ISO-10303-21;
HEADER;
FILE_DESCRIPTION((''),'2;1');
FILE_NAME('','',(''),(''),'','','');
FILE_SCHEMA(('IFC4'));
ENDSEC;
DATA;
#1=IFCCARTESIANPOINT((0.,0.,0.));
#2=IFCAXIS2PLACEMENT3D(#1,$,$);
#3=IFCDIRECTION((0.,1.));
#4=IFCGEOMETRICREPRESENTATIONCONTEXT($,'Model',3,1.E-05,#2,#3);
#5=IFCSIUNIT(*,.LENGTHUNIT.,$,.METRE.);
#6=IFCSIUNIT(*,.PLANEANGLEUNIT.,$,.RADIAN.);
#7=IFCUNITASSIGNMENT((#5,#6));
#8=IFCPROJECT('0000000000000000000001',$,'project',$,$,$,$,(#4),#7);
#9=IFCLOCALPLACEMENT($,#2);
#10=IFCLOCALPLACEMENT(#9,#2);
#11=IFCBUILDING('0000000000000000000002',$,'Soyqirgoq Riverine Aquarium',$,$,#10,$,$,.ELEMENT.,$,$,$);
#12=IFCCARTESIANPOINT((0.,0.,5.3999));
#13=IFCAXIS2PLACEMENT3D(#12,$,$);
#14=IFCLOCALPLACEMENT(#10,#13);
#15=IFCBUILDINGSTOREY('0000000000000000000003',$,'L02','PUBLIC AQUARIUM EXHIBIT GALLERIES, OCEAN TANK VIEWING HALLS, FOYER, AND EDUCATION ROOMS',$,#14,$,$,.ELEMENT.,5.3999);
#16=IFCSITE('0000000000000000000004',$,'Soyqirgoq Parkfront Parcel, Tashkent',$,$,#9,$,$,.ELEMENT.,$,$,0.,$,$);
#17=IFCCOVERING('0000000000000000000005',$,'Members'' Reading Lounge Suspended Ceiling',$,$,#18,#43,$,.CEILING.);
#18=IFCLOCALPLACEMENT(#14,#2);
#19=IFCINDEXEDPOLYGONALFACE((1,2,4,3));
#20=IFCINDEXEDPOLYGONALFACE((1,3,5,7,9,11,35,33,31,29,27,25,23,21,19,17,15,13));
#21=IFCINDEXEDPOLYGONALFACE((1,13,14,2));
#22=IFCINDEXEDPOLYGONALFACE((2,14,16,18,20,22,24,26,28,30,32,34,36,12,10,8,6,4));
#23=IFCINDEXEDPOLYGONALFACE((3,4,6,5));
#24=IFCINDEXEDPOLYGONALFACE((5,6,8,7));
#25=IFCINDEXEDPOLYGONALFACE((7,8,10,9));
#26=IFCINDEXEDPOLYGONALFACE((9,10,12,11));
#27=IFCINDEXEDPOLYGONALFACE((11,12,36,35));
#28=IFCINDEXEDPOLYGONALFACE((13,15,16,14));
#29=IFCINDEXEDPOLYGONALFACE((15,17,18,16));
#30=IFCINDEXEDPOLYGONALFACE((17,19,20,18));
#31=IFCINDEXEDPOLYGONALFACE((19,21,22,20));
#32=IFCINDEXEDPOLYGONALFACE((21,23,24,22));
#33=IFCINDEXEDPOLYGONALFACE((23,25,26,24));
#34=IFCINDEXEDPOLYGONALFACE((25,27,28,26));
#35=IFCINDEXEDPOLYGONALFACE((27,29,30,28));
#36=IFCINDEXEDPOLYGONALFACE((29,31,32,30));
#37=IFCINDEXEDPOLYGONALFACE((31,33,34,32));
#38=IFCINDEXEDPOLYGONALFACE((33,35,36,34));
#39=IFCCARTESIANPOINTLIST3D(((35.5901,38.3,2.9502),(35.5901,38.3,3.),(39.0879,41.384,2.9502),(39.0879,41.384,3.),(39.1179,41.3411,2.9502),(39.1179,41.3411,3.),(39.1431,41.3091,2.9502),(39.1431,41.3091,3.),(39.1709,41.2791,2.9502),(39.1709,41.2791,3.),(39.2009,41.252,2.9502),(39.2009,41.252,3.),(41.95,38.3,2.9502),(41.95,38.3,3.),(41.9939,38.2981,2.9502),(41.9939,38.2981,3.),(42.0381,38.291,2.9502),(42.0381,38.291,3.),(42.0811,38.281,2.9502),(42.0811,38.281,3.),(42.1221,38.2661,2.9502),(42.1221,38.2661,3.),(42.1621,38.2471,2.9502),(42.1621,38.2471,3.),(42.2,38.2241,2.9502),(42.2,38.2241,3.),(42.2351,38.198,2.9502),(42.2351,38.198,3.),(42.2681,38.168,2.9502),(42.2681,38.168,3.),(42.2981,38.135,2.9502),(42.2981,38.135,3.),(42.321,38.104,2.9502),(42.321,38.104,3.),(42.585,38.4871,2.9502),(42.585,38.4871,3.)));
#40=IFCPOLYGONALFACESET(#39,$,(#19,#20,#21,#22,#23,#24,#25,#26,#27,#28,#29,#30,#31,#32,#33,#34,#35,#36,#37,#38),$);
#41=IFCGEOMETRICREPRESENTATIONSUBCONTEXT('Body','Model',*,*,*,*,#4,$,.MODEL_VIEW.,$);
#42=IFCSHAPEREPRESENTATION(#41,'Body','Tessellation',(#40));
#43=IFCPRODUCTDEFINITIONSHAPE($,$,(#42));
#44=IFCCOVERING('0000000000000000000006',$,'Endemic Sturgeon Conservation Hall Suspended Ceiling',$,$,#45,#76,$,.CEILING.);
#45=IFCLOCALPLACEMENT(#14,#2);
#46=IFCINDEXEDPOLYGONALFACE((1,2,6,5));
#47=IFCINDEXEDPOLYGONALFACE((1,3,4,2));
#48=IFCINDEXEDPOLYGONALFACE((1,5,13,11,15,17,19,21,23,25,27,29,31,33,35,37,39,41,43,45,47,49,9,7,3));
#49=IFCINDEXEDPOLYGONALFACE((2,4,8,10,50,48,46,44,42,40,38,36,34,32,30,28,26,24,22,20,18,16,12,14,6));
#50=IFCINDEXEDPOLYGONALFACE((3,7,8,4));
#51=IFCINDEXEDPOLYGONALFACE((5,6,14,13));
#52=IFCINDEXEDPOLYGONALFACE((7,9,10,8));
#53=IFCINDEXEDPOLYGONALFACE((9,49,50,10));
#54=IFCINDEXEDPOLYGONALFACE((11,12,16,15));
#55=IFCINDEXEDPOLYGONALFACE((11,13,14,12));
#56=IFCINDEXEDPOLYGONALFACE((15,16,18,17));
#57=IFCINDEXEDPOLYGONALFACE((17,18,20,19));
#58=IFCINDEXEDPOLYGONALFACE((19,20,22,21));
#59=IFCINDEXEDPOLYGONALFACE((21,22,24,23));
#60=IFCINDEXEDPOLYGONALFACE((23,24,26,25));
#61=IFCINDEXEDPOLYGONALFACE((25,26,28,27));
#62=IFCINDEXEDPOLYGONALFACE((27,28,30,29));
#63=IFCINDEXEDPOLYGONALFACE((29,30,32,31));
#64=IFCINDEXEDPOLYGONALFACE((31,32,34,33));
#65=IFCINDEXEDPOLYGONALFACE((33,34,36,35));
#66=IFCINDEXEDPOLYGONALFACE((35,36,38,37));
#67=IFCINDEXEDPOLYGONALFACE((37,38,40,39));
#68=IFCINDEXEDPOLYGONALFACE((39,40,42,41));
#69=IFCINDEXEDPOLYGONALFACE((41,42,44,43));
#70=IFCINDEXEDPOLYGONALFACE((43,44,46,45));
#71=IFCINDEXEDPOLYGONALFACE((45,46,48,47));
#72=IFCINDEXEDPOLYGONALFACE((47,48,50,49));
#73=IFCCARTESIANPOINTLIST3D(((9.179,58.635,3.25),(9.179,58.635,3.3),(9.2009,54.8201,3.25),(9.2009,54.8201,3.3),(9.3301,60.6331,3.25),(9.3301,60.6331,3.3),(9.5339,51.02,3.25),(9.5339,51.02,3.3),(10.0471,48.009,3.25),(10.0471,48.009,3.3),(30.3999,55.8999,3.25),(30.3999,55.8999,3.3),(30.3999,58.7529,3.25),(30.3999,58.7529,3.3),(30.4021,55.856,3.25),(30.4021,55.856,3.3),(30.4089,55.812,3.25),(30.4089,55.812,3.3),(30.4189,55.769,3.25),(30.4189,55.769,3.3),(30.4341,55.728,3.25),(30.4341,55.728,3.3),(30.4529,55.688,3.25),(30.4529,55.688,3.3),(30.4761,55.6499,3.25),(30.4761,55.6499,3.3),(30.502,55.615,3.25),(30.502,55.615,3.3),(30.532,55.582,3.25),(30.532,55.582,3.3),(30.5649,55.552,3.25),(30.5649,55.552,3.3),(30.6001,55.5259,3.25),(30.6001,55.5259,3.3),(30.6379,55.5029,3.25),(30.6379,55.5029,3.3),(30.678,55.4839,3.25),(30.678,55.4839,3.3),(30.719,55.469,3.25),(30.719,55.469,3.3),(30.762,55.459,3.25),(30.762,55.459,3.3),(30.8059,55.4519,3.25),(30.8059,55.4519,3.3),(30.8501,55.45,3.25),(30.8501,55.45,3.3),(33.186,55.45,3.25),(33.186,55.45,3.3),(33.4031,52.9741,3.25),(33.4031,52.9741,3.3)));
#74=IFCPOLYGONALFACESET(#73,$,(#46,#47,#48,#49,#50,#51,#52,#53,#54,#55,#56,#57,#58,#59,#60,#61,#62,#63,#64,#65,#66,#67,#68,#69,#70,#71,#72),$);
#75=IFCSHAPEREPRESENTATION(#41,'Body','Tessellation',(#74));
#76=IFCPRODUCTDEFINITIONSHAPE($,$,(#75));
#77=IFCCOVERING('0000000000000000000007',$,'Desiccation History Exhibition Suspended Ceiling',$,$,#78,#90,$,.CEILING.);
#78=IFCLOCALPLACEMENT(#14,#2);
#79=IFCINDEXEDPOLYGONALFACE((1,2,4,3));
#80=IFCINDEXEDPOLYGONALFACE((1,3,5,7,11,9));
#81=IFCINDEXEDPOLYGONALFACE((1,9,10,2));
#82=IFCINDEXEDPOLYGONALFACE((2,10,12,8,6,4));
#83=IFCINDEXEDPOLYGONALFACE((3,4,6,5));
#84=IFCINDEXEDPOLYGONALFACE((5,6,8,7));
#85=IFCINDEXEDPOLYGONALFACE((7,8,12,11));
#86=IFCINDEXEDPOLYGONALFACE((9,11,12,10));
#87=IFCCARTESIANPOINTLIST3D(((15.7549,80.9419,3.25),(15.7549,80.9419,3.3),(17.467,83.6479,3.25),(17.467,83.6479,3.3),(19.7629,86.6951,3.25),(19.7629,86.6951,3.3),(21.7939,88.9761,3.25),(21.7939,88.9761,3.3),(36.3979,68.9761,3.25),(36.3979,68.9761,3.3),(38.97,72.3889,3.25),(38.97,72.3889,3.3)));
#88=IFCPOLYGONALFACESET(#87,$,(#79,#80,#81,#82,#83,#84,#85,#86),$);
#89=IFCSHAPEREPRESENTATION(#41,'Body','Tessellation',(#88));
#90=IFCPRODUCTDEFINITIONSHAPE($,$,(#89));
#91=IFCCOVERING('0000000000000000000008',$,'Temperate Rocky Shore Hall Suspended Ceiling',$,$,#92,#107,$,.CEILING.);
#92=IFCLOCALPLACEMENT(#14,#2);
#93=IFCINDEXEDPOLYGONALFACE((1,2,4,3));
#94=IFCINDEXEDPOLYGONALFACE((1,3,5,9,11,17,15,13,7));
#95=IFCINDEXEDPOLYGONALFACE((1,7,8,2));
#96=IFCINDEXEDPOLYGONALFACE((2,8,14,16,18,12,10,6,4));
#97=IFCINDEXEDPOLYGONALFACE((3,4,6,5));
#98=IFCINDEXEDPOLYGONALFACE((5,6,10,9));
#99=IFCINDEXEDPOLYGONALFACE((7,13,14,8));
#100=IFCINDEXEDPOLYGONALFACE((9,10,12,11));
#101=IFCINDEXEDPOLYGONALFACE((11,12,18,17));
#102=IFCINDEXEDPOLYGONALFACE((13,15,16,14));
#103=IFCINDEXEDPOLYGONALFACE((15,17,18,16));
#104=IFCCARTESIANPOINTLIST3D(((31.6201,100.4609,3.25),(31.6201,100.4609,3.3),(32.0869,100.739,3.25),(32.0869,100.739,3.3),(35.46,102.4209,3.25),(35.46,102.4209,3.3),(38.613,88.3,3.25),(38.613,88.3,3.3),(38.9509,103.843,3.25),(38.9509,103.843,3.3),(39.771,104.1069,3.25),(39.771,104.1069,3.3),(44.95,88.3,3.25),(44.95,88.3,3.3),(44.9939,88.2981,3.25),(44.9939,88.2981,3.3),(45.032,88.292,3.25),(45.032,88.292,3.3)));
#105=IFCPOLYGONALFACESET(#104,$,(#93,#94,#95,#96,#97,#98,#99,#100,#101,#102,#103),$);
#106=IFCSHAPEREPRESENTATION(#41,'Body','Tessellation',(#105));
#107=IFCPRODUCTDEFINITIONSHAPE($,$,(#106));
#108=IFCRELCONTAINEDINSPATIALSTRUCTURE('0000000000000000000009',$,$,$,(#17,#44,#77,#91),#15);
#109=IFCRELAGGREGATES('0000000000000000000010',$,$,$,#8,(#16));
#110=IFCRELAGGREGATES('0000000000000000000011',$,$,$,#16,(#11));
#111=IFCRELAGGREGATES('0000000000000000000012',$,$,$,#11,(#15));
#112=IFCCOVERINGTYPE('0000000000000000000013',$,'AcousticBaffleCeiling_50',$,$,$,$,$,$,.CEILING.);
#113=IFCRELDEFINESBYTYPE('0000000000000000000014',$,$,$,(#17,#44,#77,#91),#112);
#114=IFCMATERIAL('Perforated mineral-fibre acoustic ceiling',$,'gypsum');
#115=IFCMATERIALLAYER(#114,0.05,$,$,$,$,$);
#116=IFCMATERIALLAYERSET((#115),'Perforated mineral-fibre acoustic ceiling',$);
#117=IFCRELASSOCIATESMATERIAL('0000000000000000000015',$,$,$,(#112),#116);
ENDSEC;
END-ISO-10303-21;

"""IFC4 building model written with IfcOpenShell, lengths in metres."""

from ifc_helpers import new_model, si_unit, direction, frame, origin, place, context, subcontext, project, spatial, polyline, outline, extrude, material, layer, layer_set, type_object, element, save


model = new_model("IFC4")

# Units and contexts
model_context = context("Model", 3, precision=1e-05, world=origin(), true_north=direction((0.0, 1.0)))
body_context = subcontext(model_context, "Body", "Model", "MODEL_VIEW")
ifc_project = project(units=[si_unit("LENGTHUNIT", "METRE"), si_unit("PLANEANGLEUNIT", "RADIAN")], contexts=[model_context])

# Site, building, storey
site_placement = place(None, origin())
site = spatial("IfcSite", under=ifc_project, at=site_placement, Name="Soyqirgoq Parkfront Parcel, Tashkent", CompositionType="ELEMENT", RefElevation=0.0)
building_placement = place(site_placement, origin())
building = spatial("IfcBuilding", under=site, at=building_placement, Name="Soyqirgoq Riverine Aquarium", CompositionType="ELEMENT")
storey_placement = place(building_placement, frame((0.0, 0.0, 5.3999)))
storey = spatial("IfcBuildingStorey", under=building, at=storey_placement, Name="L02", Description="PUBLIC AQUARIUM EXHIBIT GALLERIES, OCEAN TANK VIEWING HALLS, FOYER, AND EDUCATION ROOMS", CompositionType="ELEMENT", Elevation=5.3999)

# Coverings
ifc_material_1 = material(Name="Perforated mineral-fibre acoustic ceiling", Category="gypsum")
ifc_layer_1 = layer(ifc_material_1, 0.05)
ifc_layer_set_1 = layer_set([ifc_layer_1], Name="Perforated mineral-fibre acoustic ceiling")
covering_type_1 = type_object("IfcCoveringType", Name="AcousticBaffleCeiling_50", PredefinedType="CEILING", material=ifc_layer_set_1)
covering_1_placement = place(storey_placement, frame((0.0, 0.0, 2.9502)))
element("IfcCovering", 1, at=covering_1_placement, inside=storey, type_object=covering_type_1, Name="Members' Reading Lounge Suspended Ceiling", PredefinedType="CEILING", context=body_context, shape_type="SweptSolid", body=[
    extrude(outline(polyline([(39.1179, 41.3411), (39.1431, 41.3091), (39.1709, 41.2791), (39.2009, 41.252), (42.585, 38.4871), (42.321, 38.104), (42.2981, 38.135), (42.2681, 38.168), (42.2351, 38.198), (42.2, 38.2241), (42.1621, 38.2471), (42.1221, 38.2661), (42.0811, 38.281), (42.0381, 38.291), (41.9939, 38.2981), (41.95, 38.3), (35.5901, 38.3), (39.0879, 41.384), (39.1179, 41.3411)])), origin(), (0.0, 0.0, 1.0), 0.0498),
])
covering_2_placement = place(storey_placement, frame((0.0, 0.0, 3.25)))
element("IfcCovering", 2, at=covering_2_placement, inside=storey, type_object=covering_type_1, Name="Endemic Sturgeon Conservation Hall Suspended Ceiling", PredefinedType="CEILING", context=body_context, shape_type="SweptSolid", body=[
    extrude(outline(polyline([(9.5339, 51.02), (9.2009, 54.8201), (9.179, 58.635), (9.3301, 60.6331), (30.3999, 58.7529), (30.3999, 55.8999), (30.4021, 55.856), (30.4089, 55.812), (30.4189, 55.769), (30.4341, 55.728), (30.4529, 55.688), (30.4761, 55.6499), (30.502, 55.615), (30.532, 55.582), (30.5649, 55.552), (30.6001, 55.5259), (30.6379, 55.5029), (30.678, 55.4839), (30.719, 55.469), (30.762, 55.459), (30.8059, 55.4519), (30.8501, 55.45), (33.186, 55.45), (33.4031, 52.9741), (10.0471, 48.009), (9.5339, 51.02)])), origin(), (0.0, 0.0, 1.0), 0.05),
])
covering_3_placement = place(storey_placement, frame((0.0, 0.0, 3.25)))
element("IfcCovering", 3, at=covering_3_placement, inside=storey, type_object=covering_type_1, Name="Desiccation History Exhibition Suspended Ceiling", PredefinedType="CEILING", context=body_context, shape_type="SweptSolid", body=[
    extrude(outline(polyline([(17.467, 83.6479), (19.7629, 86.6951), (21.7939, 88.9761), (38.97, 72.3889), (36.3979, 68.9761), (15.7549, 80.9419), (17.467, 83.6479)])), origin(), (0.0, 0.0, 1.0), 0.05),
])
covering_4_placement = place(storey_placement, frame((0.0, 0.0, 3.25)))
element("IfcCovering", 4, at=covering_4_placement, inside=storey, type_object=covering_type_1, Name="Temperate Rocky Shore Hall Suspended Ceiling", PredefinedType="CEILING", context=body_context, shape_type="SweptSolid", body=[
    extrude(outline(polyline([(32.0869, 100.739), (35.46, 102.4209), (38.9509, 103.843), (39.771, 104.1069), (45.032, 88.292), (44.9939, 88.2981), (44.95, 88.3), (38.613, 88.3), (31.6201, 100.4609), (32.0869, 100.739)])), origin(), (0.0, 0.0, 1.0), 0.05),
])

save(model, "model.ifc")
